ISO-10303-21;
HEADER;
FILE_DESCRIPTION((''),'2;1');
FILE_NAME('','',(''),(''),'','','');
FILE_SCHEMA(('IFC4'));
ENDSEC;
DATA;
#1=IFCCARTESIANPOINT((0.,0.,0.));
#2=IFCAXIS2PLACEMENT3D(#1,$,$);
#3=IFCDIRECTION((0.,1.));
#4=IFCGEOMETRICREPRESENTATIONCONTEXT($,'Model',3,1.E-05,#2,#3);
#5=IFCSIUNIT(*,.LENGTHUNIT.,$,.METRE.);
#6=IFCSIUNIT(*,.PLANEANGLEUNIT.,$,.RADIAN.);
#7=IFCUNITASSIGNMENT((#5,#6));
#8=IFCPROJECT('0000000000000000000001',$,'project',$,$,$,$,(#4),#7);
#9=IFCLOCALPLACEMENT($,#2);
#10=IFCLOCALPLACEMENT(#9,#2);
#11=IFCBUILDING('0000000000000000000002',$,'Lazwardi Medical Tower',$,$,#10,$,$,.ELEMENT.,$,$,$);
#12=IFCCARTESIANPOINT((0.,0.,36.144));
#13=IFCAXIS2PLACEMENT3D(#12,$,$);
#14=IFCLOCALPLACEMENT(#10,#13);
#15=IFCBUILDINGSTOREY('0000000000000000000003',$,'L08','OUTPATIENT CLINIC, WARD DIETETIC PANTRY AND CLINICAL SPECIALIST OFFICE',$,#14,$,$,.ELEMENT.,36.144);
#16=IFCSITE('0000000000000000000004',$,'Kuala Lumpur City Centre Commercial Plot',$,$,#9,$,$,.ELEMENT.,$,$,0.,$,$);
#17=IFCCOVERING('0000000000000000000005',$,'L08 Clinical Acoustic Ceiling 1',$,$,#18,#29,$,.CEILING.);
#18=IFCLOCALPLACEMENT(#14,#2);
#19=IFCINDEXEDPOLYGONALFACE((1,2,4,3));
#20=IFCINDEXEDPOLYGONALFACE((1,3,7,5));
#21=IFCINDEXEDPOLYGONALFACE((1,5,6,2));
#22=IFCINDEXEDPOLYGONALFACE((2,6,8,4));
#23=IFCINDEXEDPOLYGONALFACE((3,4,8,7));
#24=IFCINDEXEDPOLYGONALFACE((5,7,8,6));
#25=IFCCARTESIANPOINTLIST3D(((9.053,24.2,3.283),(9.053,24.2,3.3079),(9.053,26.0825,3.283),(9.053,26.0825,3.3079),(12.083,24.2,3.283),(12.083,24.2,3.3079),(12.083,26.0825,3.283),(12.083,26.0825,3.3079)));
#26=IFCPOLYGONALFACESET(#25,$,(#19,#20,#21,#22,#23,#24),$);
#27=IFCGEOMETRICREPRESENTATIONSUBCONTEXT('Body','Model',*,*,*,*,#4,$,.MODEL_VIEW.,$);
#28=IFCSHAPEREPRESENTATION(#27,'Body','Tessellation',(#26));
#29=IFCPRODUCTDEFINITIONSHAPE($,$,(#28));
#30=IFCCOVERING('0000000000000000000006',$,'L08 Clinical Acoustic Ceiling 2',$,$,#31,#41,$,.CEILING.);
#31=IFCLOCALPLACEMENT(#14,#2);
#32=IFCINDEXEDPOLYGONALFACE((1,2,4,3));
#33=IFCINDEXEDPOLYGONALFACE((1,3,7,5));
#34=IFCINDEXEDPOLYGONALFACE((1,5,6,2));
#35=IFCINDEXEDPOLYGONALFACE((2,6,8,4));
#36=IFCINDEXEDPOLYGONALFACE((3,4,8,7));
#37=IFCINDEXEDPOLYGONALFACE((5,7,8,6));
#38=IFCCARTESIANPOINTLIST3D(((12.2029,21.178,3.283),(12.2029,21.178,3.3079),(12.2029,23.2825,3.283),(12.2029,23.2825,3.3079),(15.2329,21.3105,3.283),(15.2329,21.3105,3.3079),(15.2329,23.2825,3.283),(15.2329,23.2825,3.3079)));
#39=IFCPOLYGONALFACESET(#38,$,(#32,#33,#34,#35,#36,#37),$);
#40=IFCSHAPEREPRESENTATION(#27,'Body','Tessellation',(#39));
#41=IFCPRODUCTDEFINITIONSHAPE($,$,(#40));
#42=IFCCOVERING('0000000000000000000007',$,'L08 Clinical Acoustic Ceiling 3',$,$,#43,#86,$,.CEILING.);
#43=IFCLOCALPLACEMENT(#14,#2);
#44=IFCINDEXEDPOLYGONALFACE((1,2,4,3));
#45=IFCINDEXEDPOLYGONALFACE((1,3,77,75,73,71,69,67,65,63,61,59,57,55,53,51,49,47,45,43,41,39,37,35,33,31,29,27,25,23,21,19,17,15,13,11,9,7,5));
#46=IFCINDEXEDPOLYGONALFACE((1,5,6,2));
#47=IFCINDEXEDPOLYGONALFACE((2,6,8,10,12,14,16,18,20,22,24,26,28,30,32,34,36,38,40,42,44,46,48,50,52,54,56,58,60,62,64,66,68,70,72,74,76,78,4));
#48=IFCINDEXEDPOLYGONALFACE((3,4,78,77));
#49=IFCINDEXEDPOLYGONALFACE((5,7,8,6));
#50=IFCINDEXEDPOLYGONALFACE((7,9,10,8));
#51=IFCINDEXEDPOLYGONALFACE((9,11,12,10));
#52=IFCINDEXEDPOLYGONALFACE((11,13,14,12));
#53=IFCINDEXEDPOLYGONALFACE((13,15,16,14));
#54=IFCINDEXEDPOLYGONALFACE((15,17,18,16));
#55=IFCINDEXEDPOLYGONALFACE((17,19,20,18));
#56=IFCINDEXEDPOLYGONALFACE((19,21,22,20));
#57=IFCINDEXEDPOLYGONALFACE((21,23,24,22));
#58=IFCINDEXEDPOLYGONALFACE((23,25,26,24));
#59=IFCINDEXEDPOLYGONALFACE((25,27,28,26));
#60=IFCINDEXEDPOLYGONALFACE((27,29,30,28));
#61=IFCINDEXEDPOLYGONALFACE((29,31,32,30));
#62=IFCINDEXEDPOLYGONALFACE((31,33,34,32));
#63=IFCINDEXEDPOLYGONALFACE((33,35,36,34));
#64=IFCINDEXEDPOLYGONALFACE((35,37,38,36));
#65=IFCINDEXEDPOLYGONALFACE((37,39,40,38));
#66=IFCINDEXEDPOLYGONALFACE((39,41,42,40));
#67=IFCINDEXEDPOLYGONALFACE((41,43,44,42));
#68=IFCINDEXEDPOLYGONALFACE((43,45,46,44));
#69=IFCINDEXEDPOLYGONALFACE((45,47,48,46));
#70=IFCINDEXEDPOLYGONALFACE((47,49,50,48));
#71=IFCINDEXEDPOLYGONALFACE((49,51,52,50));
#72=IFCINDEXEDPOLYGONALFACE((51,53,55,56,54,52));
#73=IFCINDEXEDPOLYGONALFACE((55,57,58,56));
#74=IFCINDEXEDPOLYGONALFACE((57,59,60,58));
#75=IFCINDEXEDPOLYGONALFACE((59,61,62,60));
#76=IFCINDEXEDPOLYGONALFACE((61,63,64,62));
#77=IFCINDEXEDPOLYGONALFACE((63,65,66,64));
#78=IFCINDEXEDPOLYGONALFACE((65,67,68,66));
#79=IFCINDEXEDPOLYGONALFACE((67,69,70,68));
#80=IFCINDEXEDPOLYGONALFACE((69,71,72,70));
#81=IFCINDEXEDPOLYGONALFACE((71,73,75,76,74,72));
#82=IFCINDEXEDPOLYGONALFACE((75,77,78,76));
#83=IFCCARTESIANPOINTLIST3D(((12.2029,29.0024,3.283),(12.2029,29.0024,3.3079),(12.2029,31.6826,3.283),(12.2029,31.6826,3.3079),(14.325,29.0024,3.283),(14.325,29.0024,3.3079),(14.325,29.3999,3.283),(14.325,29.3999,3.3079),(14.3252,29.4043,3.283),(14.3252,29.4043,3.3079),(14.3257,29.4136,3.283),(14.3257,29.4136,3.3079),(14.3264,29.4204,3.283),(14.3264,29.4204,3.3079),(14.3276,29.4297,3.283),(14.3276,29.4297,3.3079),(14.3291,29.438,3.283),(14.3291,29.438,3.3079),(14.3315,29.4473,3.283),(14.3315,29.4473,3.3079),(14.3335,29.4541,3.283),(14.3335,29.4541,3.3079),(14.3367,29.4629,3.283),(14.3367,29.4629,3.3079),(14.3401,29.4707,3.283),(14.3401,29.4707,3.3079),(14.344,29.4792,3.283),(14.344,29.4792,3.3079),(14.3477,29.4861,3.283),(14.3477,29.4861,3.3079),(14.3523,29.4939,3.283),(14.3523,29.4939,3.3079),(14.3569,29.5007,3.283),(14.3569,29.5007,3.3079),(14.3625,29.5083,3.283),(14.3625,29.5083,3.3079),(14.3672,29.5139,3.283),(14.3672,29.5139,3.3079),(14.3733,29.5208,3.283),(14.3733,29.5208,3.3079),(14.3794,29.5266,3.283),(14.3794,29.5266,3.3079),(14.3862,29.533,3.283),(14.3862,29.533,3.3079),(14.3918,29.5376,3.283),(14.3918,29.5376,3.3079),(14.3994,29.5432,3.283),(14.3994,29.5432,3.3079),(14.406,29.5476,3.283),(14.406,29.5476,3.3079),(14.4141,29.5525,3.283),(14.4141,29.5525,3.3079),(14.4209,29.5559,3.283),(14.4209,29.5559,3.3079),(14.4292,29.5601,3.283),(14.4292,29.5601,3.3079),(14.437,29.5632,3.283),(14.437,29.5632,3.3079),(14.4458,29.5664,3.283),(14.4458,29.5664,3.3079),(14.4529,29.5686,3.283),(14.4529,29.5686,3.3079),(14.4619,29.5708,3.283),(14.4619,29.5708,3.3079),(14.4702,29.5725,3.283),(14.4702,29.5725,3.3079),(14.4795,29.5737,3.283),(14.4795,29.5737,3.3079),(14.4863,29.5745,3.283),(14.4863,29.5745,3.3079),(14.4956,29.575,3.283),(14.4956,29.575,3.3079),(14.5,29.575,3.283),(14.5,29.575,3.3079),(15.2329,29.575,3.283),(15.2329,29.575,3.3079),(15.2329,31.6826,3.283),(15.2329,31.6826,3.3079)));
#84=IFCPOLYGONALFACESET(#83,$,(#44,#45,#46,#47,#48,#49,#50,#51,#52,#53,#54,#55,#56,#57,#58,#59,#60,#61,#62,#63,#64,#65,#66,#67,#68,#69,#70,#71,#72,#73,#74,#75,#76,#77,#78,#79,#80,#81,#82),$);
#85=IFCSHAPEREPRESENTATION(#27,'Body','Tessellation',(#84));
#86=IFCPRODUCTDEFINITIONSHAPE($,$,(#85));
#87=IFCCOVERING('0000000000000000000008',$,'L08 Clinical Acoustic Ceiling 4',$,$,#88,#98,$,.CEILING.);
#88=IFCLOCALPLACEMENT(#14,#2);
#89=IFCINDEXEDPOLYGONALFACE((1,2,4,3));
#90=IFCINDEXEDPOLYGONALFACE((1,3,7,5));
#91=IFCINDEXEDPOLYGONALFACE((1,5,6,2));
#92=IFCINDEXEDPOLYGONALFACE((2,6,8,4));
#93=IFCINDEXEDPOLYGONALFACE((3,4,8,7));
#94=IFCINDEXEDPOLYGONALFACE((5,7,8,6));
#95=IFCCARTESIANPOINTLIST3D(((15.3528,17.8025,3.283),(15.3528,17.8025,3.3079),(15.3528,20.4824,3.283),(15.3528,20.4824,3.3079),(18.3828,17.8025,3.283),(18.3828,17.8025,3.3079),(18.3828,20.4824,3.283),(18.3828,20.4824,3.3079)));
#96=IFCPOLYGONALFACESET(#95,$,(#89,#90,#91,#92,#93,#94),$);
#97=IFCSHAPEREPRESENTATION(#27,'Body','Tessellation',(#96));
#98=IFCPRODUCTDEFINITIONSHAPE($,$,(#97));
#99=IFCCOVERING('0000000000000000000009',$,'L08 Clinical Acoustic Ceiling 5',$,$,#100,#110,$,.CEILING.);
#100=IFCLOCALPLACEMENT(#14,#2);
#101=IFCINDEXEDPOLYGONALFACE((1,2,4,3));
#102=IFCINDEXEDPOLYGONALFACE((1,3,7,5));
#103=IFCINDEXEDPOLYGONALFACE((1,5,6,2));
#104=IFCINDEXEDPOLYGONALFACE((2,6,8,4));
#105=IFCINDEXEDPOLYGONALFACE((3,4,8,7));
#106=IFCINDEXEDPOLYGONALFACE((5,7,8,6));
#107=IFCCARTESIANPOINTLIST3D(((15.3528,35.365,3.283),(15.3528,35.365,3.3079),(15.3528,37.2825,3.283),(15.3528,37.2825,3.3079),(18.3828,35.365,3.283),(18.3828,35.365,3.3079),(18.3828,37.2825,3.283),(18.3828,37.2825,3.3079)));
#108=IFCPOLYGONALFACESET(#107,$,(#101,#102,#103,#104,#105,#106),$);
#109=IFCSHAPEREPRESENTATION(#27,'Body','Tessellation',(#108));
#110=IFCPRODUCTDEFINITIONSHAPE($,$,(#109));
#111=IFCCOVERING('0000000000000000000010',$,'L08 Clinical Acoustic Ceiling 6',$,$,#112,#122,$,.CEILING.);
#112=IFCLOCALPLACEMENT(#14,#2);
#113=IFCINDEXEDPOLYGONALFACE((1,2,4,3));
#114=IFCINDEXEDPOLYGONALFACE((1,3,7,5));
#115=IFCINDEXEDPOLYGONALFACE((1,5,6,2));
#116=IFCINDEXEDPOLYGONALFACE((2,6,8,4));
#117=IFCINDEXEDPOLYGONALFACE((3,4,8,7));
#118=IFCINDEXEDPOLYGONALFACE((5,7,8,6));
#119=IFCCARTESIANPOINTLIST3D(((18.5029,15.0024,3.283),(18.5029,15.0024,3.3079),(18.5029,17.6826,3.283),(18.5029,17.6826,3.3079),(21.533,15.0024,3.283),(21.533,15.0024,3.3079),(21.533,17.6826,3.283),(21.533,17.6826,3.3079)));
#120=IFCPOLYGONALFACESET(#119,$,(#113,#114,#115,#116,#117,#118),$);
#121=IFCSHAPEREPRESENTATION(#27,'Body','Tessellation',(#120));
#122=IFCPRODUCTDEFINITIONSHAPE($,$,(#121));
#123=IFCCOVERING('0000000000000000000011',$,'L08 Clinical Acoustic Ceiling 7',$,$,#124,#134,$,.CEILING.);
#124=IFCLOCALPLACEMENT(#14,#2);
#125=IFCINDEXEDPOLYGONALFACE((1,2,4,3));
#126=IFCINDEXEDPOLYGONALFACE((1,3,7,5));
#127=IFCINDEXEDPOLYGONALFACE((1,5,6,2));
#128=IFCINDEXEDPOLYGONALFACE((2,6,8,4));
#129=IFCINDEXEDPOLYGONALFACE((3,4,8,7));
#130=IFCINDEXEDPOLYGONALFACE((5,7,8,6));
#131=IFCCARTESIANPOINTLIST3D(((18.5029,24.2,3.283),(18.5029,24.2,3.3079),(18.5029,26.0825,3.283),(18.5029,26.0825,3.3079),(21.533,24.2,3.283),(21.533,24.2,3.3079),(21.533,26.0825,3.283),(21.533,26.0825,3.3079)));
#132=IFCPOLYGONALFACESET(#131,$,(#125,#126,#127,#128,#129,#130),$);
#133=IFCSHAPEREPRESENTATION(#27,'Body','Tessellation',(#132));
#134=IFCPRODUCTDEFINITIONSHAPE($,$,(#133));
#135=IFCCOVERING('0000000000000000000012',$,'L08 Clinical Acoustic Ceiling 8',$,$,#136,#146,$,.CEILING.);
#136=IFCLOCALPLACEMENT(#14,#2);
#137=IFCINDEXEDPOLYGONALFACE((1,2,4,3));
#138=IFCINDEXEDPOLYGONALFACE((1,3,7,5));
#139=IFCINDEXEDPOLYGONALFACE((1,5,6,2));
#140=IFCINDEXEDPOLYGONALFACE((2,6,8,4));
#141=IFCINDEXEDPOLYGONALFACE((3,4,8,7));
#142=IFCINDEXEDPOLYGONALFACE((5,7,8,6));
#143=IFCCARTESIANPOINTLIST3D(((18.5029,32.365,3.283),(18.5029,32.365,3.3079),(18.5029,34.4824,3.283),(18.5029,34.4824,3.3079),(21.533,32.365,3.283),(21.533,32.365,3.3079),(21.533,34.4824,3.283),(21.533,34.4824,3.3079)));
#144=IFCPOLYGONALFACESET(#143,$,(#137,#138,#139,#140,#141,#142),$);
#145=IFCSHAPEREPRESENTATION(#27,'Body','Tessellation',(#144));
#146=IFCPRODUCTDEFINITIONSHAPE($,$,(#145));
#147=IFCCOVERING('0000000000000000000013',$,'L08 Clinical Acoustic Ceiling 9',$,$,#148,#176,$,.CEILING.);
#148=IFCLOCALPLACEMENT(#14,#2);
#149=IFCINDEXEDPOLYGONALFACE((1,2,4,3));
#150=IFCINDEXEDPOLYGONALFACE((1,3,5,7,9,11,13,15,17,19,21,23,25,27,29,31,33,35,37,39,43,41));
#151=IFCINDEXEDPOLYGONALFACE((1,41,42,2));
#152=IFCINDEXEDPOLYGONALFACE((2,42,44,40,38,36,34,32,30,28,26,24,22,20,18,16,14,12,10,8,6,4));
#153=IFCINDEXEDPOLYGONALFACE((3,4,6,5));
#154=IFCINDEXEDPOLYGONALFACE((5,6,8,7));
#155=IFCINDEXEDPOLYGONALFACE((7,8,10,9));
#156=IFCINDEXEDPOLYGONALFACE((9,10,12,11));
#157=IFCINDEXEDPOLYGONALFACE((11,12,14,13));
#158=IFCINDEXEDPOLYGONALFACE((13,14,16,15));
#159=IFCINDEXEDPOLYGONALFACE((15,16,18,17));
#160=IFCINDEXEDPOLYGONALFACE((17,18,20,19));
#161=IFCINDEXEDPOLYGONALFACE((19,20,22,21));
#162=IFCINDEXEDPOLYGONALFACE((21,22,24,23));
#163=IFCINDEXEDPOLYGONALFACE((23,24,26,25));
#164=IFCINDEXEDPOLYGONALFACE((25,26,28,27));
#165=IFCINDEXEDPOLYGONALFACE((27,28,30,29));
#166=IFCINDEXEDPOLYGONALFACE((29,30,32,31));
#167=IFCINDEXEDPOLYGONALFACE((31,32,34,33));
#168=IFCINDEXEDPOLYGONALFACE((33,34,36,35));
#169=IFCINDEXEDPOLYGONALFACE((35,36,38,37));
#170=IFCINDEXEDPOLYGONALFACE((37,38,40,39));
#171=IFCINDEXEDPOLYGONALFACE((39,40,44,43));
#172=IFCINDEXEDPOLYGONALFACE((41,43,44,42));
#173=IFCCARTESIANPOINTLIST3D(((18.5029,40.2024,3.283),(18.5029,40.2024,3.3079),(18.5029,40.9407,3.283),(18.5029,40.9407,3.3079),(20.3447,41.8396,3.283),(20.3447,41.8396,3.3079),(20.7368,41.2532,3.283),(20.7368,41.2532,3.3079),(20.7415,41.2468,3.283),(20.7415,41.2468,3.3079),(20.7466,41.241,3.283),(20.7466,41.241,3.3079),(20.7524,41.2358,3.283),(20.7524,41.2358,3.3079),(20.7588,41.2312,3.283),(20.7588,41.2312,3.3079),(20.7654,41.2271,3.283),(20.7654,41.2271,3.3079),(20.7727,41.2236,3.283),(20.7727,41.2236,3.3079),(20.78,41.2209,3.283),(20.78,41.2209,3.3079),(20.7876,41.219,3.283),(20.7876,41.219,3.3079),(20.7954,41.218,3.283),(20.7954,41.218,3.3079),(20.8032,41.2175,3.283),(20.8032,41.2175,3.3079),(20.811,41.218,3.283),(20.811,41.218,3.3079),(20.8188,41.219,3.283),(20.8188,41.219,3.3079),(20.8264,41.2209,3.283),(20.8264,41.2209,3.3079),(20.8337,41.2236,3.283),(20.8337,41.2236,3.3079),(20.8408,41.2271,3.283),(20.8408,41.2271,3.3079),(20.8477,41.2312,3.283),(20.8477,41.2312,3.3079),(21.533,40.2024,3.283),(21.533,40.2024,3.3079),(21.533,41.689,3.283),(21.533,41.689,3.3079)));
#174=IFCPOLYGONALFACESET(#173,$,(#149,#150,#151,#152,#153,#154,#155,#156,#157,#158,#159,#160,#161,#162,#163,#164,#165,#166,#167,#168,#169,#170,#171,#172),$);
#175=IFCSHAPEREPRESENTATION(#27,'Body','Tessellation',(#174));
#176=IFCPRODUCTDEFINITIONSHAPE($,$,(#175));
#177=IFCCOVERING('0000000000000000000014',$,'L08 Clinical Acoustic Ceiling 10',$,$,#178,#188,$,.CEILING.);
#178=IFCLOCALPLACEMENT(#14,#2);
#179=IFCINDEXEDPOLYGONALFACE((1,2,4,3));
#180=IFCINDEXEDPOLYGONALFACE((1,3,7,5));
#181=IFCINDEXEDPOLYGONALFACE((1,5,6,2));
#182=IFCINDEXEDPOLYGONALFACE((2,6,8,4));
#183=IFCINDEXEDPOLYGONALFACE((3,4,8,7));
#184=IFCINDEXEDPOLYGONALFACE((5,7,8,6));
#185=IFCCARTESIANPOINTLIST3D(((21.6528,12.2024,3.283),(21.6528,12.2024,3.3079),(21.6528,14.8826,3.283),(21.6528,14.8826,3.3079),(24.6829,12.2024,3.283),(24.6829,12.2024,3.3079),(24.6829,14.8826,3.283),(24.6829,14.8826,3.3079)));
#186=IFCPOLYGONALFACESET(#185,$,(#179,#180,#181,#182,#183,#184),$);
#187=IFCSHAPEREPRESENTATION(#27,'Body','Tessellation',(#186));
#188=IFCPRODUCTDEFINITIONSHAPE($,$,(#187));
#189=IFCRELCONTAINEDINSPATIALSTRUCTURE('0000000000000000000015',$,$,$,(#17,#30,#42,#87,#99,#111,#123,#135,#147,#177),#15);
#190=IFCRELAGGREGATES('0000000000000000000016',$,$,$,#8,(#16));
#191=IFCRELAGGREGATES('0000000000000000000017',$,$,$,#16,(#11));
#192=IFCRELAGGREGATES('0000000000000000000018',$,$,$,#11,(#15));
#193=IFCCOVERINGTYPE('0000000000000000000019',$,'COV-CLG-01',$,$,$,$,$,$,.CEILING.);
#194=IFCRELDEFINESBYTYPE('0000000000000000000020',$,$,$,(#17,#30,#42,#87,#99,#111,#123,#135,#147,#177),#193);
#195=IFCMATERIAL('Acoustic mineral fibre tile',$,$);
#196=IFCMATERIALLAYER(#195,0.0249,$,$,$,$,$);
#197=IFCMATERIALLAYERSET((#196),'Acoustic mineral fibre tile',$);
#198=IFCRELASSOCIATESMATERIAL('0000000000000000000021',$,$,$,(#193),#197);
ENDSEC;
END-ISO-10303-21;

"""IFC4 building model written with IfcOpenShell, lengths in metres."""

from ifc_helpers import new_model, si_unit, direction, frame, origin, place, context, subcontext, project, spatial, polyline, outline, extrude, material, layer, layer_set, type_object, element, save


model = new_model("IFC4")

# Units and contexts
model_context = context("Model", 3, precision=1e-05, world=origin(), true_north=direction((0.0, 1.0)))
body_context = subcontext(model_context, "Body", "Model", "MODEL_VIEW")
ifc_project = project(units=[si_unit("LENGTHUNIT", "METRE"), si_unit("PLANEANGLEUNIT", "RADIAN")], contexts=[model_context])

# Site, building, storey
site_placement = place(None, origin())
site = spatial("IfcSite", under=ifc_project, at=site_placement, Name="Kuala Lumpur City Centre Commercial Plot", CompositionType="ELEMENT", RefElevation=0.0)
building_placement = place(site_placement, origin())
building = spatial("IfcBuilding", under=site, at=building_placement, Name="Lazwardi Medical Tower", CompositionType="ELEMENT")
storey_placement = place(building_placement, frame((0.0, 0.0, 36.144)))
storey = spatial("IfcBuildingStorey", under=building, at=storey_placement, Name="L08", Description="OUTPATIENT CLINIC, WARD DIETETIC PANTRY AND CLINICAL SPECIALIST OFFICE", CompositionType="ELEMENT", Elevation=36.144)

# Coverings
ifc_material_1 = material(Name="Acoustic mineral fibre tile")
ifc_layer_1 = layer(ifc_material_1, 0.0249)
ifc_layer_set_1 = layer_set([ifc_layer_1], Name="Acoustic mineral fibre tile")
covering_type_1 = type_object("IfcCoveringType", Name="COV-CLG-01", PredefinedType="CEILING", material=ifc_layer_set_1)
covering_1_placement = place(storey_placement, frame((0.0, 0.0, 3.283)))
element("IfcCovering", 1, at=covering_1_placement, inside=storey, type_object=covering_type_1, Name="L08 Clinical Acoustic Ceiling 1", PredefinedType="CEILING", context=body_context, shape_type="SweptSolid", body=[
    extrude(outline(polyline([(9.053, 24.2), (12.083, 24.2), (12.083, 26.0825), (9.053, 26.0825), (9.053, 24.2)])), origin(), (0.0, 0.0, 1.0), 0.0249),
])
covering_2_placement = place(storey_placement, frame((0.0, 0.0, 3.283)))
element("IfcCovering", 2, at=covering_2_placement, inside=storey, type_object=covering_type_1, Name="L08 Clinical Acoustic Ceiling 2", PredefinedType="CEILING", context=body_context, shape_type="SweptSolid", body=[
    extrude(outline(polyline([(12.2029, 21.178), (15.2329, 21.3105), (15.2329, 23.2825), (12.2029, 23.2825), (12.2029, 21.178)])), origin(), (0.0, 0.0, 1.0), 0.0249),
])
covering_3_placement = place(storey_placement, frame((0.0, 0.0, 3.283)))
element("IfcCovering", 3, at=covering_3_placement, inside=storey, type_object=covering_type_1, Name="L08 Clinical Acoustic Ceiling 3", PredefinedType="CEILING", context=body_context, shape_type="SweptSolid", body=[
    extrude(outline(polyline([(14.325, 29.0024), (14.325, 29.3999), (14.3252, 29.4043), (14.3257, 29.4136), (14.3264, 29.4204), (14.3276, 29.4297), (14.3291, 29.438), (14.3315, 29.4473), (14.3335, 29.4541), (14.3367, 29.4629), (14.3401, 29.4707), (14.344, 29.4792), (14.3477, 29.4861), (14.3523, 29.4939), (14.3569, 29.5007), (14.3625, 29.5083), (14.3672, 29.5139), (14.3733, 29.5208), (14.3794, 29.5266), (14.3862, 29.533), (14.3918, 29.5376), (14.3994, 29.5432), (14.406, 29.5476), (14.4141, 29.5525), (14.4209, 29.5559), (14.4292, 29.5601), (14.437, 29.5632), (14.4458, 29.5664), (14.4529, 29.5686), (14.4619, 29.5708), (14.4702, 29.5725), (14.4795, 29.5737), (14.4863, 29.5745), (14.4956, 29.575), (14.5, 29.575), (15.2329, 29.575), (15.2329, 31.6826), (12.2029, 31.6826), (12.2029, 29.0024), (14.325, 29.0024)])), origin(), (0.0, 0.0, 1.0), 0.0249),
])
covering_4_placement = place(storey_placement, frame((0.0, 0.0, 3.283)))
element("IfcCovering", 4, at=covering_4_placement, inside=storey, type_object=covering_type_1, Name="L08 Clinical Acoustic Ceiling 4", PredefinedType="CEILING", context=body_context, shape_type="SweptSolid", body=[
    extrude(outline(polyline([(18.3828, 17.8025), (18.3828, 20.4824), (15.3528, 20.4824), (15.3528, 17.8025), (18.3828, 17.8025)])), origin(), (0.0, 0.0, 1.0), 0.0249),
])
covering_5_placement = place(storey_placement, frame((0.0, 0.0, 3.283)))
element("IfcCovering", 5, at=covering_5_placement, inside=storey, type_object=covering_type_1, Name="L08 Clinical Acoustic Ceiling 5", PredefinedType="CEILING", context=body_context, shape_type="SweptSolid", body=[
    extrude(outline(polyline([(15.3528, 35.365), (18.3828, 35.365), (18.3828, 37.2825), (15.3528, 37.2825), (15.3528, 35.365)])), origin(), (0.0, 0.0, 1.0), 0.0249),
])
covering_6_placement = place(storey_placement, frame((0.0, 0.0, 3.283)))
element("IfcCovering", 6, at=covering_6_placement, inside=storey, type_object=covering_type_1, Name="L08 Clinical Acoustic Ceiling 6", PredefinedType="CEILING", context=body_context, shape_type="SweptSolid", body=[
    extrude(outline(polyline([(21.533, 15.0024), (21.533, 17.6826), (18.5029, 17.6826), (18.5029, 15.0024), (21.533, 15.0024)])), origin(), (0.0, 0.0, 1.0), 0.0249),
])
covering_7_placement = place(storey_placement, frame((0.0, 0.0, 3.283)))
element("IfcCovering", 7, at=covering_7_placement, inside=storey, type_object=covering_type_1, Name="L08 Clinical Acoustic Ceiling 7", PredefinedType="CEILING", context=body_context, shape_type="SweptSolid", body=[
    extrude(outline(polyline([(18.5029, 24.2), (21.533, 24.2), (21.533, 26.0825), (18.5029, 26.0825), (18.5029, 24.2)])), origin(), (0.0, 0.0, 1.0), 0.0249),
])
covering_8_placement = place(storey_placement, frame((0.0, 0.0, 3.283)))
element("IfcCovering", 8, at=covering_8_placement, inside=storey, type_object=covering_type_1, Name="L08 Clinical Acoustic Ceiling 8", PredefinedType="CEILING", context=body_context, shape_type="SweptSolid", body=[
    extrude(outline(polyline([(18.5029, 32.365), (21.533, 32.365), (21.533, 34.4824), (18.5029, 34.4824), (18.5029, 32.365)])), origin(), (0.0, 0.0, 1.0), 0.0249),
])
covering_9_placement = place(storey_placement, frame((0.0, 0.0, 3.283)))
element("IfcCovering", 9, at=covering_9_placement, inside=storey, type_object=covering_type_1, Name="L08 Clinical Acoustic Ceiling 9", PredefinedType="CEILING", context=body_context, shape_type="SweptSolid", body=[
    extrude(outline(polyline([(21.533, 41.689), (20.8477, 41.2312), (20.8408, 41.2271), (20.8337, 41.2236), (20.8264, 41.2209), (20.8188, 41.219), (20.811, 41.218), (20.8032, 41.2175), (20.7954, 41.218), (20.7876, 41.219), (20.78, 41.2209), (20.7727, 41.2236), (20.7654, 41.2271), (20.7588, 41.2312), (20.7524, 41.2358), (20.7466, 41.241), (20.7415, 41.2468), (20.7368, 41.2532), (20.3447, 41.8396), (18.5029, 40.9407), (18.5029, 40.2024), (21.533, 40.2024), (21.533, 41.689)])), origin(), (0.0, 0.0, 1.0), 0.0249),
])
covering_10_placement = place(storey_placement, frame((0.0, 0.0, 3.283)))
element("IfcCovering", 10, at=covering_10_placement, inside=storey, type_object=covering_type_1, Name="L08 Clinical Acoustic Ceiling 10", PredefinedType="CEILING", context=body_context, shape_type="SweptSolid", body=[
    extrude(outline(polyline([(24.6829, 12.2024), (24.6829, 14.8826), (21.6528, 14.8826), (21.6528, 12.2024), (24.6829, 12.2024)])), origin(), (0.0, 0.0, 1.0), 0.0249),
])

save(model, "model.ifc")
